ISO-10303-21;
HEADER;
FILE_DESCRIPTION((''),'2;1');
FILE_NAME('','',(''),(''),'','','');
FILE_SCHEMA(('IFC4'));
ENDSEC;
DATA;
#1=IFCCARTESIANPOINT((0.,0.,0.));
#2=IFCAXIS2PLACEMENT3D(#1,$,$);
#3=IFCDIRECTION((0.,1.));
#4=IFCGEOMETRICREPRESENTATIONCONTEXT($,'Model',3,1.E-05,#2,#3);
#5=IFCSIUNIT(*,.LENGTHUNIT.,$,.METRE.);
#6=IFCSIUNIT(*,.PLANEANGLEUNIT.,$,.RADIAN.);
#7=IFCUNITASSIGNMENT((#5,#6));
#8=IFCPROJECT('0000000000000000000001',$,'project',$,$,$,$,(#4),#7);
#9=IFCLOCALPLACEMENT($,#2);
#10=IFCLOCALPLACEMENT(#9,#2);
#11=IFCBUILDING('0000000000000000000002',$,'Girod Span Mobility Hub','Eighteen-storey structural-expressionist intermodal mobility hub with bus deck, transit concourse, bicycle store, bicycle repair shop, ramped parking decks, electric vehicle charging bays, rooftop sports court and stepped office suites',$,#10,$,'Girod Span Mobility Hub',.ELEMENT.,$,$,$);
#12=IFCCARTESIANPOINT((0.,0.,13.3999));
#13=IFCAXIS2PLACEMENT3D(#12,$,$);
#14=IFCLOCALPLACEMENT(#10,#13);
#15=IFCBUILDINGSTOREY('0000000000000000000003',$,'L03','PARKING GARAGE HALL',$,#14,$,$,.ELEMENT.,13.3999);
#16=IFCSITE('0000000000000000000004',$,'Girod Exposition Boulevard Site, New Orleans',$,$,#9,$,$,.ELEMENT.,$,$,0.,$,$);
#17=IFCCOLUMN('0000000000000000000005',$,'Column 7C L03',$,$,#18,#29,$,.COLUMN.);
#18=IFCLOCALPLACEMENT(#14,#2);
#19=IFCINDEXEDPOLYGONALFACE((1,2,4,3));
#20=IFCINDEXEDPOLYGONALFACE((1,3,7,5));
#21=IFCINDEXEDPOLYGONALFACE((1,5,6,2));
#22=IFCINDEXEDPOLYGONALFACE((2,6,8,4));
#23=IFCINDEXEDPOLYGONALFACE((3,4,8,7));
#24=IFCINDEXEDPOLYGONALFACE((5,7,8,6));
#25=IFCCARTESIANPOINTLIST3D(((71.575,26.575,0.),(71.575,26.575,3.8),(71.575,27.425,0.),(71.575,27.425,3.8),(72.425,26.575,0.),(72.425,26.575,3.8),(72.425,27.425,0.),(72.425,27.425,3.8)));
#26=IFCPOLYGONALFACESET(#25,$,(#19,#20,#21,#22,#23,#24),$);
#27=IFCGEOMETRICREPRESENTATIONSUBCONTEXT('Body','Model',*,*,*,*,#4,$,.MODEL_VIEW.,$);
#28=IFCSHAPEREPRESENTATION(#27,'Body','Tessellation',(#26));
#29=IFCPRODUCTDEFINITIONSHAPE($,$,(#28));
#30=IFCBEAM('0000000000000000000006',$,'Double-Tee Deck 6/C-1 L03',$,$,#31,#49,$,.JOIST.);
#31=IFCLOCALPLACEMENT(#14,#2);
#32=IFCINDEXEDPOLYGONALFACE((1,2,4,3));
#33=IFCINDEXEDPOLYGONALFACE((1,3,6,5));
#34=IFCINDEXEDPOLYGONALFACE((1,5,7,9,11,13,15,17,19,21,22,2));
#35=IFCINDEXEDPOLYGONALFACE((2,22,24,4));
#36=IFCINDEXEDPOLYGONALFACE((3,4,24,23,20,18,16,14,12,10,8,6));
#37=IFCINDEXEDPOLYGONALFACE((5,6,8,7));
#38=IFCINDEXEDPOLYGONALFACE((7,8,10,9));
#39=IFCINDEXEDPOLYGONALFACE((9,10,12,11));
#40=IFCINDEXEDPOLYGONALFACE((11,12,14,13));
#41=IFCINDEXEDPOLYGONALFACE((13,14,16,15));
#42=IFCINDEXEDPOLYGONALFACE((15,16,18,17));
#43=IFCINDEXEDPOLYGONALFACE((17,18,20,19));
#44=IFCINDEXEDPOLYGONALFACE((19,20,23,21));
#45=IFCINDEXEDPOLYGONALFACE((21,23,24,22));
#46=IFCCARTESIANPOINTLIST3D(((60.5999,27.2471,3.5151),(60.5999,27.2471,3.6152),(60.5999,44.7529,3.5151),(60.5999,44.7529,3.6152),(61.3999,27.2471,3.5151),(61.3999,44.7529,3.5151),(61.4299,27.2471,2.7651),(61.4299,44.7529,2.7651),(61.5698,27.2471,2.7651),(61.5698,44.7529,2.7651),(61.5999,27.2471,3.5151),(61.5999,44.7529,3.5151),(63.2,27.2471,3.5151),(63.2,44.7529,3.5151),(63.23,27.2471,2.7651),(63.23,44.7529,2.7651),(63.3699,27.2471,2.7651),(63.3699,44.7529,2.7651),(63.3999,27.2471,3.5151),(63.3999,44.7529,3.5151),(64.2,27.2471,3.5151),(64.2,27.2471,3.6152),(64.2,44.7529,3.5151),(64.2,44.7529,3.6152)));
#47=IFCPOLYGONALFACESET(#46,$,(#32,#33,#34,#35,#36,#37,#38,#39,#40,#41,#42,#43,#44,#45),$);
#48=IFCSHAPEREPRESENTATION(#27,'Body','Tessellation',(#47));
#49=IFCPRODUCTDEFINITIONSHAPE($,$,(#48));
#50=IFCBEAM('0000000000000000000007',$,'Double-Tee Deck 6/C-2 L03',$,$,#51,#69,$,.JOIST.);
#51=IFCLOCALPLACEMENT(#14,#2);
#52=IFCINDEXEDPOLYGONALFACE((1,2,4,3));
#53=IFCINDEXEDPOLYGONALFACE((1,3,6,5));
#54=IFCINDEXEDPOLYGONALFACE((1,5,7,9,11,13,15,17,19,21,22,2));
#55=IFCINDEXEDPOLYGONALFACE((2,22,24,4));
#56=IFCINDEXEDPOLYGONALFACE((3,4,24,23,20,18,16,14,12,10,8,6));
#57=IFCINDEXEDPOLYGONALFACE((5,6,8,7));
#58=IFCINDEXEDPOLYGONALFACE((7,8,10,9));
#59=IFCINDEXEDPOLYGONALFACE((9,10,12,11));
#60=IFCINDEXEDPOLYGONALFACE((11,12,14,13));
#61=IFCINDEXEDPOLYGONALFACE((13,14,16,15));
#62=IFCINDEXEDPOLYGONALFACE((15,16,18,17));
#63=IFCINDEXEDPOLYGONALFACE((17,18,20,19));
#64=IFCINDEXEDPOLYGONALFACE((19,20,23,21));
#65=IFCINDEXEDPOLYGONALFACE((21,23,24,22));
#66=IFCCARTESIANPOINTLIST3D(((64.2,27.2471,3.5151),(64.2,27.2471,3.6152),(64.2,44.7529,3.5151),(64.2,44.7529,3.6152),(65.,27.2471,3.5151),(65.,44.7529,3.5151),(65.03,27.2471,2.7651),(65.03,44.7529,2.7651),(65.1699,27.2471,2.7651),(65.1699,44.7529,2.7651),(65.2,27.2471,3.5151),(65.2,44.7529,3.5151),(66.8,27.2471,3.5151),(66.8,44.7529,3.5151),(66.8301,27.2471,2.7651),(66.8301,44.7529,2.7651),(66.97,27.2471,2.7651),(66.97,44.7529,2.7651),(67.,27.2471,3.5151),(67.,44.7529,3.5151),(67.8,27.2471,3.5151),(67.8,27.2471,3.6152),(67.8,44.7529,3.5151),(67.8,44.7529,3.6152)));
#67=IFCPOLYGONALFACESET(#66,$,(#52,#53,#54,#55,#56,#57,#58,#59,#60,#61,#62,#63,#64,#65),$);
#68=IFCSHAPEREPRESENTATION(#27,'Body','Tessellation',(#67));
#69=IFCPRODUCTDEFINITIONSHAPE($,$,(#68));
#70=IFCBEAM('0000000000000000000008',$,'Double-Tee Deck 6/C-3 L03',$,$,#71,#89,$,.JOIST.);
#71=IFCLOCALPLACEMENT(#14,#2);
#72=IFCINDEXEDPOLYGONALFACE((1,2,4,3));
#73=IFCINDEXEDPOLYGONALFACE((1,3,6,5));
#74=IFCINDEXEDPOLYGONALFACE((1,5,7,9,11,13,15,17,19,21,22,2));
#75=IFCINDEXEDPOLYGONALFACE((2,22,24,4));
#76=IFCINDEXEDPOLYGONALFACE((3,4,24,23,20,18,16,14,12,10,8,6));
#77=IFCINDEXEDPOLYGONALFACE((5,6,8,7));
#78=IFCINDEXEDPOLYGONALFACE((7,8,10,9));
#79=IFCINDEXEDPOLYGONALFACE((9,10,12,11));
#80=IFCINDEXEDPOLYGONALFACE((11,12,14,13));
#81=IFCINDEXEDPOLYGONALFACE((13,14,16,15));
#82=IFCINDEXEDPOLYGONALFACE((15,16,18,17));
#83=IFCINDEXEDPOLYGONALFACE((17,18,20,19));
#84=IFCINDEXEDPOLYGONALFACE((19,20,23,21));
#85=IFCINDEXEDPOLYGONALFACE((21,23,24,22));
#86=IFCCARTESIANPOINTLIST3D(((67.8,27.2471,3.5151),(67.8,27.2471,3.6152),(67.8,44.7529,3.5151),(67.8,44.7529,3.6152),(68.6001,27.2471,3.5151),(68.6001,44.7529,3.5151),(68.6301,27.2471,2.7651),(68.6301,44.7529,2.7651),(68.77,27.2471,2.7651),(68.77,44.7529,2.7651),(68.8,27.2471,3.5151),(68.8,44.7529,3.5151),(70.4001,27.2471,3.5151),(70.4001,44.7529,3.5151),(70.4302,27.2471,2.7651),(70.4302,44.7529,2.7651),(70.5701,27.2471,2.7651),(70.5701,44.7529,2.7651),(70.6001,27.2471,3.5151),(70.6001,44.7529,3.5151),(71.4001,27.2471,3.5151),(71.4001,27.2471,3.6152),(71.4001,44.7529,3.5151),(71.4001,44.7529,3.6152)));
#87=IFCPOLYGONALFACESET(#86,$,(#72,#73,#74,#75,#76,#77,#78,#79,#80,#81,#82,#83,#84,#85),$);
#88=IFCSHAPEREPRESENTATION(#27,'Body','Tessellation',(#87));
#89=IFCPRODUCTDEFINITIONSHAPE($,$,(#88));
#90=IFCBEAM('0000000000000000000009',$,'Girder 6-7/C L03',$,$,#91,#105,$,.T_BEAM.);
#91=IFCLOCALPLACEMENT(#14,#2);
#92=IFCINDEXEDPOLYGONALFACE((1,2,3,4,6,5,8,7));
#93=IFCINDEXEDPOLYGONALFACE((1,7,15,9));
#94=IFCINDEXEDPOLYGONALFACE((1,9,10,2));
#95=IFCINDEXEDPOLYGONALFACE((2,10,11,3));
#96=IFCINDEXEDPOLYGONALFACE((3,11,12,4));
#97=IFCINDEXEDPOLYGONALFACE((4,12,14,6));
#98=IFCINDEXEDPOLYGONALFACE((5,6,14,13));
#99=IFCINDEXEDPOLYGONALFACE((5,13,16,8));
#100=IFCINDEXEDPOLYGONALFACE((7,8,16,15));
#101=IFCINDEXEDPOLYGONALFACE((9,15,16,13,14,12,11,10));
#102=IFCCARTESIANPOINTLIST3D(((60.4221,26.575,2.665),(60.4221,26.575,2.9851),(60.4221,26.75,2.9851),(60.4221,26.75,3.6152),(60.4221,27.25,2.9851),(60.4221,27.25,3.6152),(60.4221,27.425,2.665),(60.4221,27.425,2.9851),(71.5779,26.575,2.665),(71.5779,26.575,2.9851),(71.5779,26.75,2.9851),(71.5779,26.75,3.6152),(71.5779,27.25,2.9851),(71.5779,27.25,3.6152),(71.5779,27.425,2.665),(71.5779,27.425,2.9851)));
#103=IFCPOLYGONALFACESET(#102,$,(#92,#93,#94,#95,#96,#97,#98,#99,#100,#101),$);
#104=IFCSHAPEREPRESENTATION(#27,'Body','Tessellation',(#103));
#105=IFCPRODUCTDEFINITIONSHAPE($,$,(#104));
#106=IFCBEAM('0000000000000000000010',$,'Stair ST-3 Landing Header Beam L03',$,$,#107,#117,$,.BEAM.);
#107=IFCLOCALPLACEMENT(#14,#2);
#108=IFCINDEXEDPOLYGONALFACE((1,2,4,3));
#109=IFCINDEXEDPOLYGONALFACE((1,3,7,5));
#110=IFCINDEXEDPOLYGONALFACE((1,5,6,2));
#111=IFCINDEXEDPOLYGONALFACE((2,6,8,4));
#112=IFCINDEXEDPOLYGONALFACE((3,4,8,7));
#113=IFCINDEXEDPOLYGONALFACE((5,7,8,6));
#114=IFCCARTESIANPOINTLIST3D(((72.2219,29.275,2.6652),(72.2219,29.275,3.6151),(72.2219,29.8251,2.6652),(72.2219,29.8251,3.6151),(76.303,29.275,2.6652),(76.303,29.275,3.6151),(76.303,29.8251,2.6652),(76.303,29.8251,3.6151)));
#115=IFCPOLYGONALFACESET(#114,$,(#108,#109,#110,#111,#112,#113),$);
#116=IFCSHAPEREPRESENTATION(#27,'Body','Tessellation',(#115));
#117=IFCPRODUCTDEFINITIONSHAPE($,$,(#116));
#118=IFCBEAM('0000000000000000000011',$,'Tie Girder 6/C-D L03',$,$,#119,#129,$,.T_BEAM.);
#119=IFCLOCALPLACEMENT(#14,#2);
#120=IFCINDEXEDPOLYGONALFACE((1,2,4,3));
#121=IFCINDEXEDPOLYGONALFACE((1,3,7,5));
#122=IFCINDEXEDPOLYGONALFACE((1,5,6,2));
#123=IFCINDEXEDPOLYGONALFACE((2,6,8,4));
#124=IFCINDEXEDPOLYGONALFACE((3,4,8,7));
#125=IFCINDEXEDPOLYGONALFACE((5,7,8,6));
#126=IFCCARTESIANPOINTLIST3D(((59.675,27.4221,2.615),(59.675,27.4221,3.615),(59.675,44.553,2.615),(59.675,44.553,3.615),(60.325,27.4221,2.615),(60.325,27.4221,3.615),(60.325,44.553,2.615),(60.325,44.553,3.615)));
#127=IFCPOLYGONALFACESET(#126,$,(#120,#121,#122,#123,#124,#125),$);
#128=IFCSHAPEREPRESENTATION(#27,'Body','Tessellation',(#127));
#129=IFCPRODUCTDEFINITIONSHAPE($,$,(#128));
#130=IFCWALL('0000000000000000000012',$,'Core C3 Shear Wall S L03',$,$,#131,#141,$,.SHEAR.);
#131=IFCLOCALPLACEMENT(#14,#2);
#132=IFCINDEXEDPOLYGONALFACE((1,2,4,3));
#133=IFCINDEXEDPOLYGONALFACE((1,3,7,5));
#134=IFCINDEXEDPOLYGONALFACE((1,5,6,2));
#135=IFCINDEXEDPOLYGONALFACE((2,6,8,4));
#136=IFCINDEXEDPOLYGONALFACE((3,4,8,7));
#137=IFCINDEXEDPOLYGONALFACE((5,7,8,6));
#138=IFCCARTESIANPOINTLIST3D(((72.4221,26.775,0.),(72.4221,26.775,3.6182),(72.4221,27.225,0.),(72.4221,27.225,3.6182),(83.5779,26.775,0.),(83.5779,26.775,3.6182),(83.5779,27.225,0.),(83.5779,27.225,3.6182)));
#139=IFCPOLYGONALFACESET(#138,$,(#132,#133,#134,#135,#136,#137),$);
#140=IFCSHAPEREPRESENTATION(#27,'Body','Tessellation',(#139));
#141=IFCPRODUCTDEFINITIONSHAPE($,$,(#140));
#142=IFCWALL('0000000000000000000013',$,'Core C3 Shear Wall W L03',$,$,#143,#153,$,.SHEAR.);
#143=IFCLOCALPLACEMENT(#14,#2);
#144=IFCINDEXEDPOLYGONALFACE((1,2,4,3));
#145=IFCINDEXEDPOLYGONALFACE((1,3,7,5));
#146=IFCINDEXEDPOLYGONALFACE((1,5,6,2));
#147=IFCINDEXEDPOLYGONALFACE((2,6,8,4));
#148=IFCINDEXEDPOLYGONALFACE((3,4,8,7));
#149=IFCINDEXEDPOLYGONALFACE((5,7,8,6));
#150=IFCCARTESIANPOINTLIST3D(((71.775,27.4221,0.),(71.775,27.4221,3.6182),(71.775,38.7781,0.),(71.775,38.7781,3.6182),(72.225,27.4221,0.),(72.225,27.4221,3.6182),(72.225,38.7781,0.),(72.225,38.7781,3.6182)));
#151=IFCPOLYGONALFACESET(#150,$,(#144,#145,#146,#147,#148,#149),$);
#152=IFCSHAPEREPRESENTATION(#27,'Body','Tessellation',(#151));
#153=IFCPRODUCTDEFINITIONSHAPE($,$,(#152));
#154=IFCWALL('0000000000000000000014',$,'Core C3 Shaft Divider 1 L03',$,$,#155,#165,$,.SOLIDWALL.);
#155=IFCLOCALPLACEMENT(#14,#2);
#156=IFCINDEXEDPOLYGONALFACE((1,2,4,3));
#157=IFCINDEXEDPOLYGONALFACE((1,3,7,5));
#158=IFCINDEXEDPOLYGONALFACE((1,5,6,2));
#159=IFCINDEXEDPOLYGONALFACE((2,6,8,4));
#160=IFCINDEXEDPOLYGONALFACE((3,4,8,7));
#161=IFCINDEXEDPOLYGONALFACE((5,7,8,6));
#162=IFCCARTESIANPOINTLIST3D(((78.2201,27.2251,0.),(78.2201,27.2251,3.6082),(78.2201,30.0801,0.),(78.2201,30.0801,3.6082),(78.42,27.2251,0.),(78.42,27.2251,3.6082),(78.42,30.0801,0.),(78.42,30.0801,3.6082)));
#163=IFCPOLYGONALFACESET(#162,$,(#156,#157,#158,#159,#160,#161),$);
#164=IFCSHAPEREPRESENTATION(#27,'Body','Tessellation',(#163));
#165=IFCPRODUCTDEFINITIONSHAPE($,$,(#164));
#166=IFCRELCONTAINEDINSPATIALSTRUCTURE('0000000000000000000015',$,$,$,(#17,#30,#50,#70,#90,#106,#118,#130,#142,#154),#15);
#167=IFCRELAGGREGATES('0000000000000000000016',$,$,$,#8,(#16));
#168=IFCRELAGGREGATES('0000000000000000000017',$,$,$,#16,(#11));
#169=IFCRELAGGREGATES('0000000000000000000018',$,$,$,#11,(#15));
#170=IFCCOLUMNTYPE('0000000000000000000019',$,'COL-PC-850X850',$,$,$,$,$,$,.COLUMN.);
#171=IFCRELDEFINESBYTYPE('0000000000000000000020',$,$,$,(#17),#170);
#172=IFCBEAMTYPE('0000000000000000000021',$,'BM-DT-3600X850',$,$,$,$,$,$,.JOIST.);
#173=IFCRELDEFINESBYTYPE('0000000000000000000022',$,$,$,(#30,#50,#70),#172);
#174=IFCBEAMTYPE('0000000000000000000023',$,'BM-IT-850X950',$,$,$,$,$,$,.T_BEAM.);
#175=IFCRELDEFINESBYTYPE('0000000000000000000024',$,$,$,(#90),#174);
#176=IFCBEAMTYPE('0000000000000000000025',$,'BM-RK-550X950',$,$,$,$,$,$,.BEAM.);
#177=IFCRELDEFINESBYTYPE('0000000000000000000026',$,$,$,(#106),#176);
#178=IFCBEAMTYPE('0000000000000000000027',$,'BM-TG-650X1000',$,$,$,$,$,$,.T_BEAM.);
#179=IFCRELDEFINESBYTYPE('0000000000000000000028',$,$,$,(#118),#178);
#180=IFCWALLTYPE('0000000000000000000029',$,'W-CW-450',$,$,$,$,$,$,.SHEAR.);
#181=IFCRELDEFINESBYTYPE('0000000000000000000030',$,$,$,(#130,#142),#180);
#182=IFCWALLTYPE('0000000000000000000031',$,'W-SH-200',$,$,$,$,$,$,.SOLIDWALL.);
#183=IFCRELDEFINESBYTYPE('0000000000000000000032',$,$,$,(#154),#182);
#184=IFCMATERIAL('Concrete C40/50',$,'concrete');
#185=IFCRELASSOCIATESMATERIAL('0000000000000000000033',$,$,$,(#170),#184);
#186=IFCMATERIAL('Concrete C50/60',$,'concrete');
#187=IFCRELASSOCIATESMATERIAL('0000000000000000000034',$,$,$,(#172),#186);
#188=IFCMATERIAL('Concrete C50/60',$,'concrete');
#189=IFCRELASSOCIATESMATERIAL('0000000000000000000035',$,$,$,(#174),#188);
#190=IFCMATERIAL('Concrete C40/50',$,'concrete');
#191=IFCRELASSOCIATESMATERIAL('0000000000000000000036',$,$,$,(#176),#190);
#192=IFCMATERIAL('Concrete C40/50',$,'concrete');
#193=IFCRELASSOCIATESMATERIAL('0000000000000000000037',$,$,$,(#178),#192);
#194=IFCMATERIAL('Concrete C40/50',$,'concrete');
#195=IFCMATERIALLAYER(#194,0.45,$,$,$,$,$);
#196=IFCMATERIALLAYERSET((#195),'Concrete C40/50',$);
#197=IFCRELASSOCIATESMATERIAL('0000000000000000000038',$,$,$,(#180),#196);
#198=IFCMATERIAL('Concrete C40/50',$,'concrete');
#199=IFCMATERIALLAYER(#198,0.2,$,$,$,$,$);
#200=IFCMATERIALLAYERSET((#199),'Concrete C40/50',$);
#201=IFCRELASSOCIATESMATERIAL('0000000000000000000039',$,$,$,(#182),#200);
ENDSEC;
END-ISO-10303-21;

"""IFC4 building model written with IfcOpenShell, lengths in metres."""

from ifc_helpers import new_model, si_unit, direction, frame, frame_2d, origin, origin_2d, place, context, subcontext, project, spatial, polyline, rectangle, outline, extrude, material, layer, layer_set, material_profile, profile_set, type_object, element, save


model = new_model("IFC4")

# Units and contexts
model_context = context("Model", 3, precision=1e-05, world=origin(), true_north=direction((0.0, 1.0)))
body_context = subcontext(model_context, "Body", "Model", "MODEL_VIEW")
ifc_project = project(units=[si_unit("LENGTHUNIT", "METRE"), si_unit("PLANEANGLEUNIT", "RADIAN")], contexts=[model_context])

# Site, building, storey
site_placement = place(None, origin())
site = spatial("IfcSite", under=ifc_project, at=site_placement, Name="Girod Exposition Boulevard Site, New Orleans", CompositionType="ELEMENT", RefElevation=0.0)
building_placement = place(site_placement, origin())
building = spatial("IfcBuilding", under=site, at=building_placement, Name="Girod Span Mobility Hub", Description="Eighteen-storey structural-expressionist intermodal mobility hub with bus deck, transit concourse, bicycle store, bicycle repair shop, ramped parking decks, electric vehicle charging bays, rooftop sports court and stepped office suites", LongName="Girod Span Mobility Hub", CompositionType="ELEMENT")
storey_placement = place(building_placement, frame((0.0, 0.0, 13.3999)))
storey = spatial("IfcBuildingStorey", under=building, at=storey_placement, Name="L03", Description="PARKING GARAGE HALL", CompositionType="ELEMENT", Elevation=13.3999)

# Column
ifc_material_1 = material(Name="Concrete C40/50", Category="concrete")
ifc_material_profile_1 = material_profile(ifc_material_1, rectangle(XDim=0.8501, YDim=0.8501, at=origin_2d()), Name="PC-COL-850X850")
ifc_profile_set_1 = profile_set([ifc_material_profile_1], Name="Concrete C40/50")
column_type = type_object("IfcColumnType", Name="COL-PC-850X850", PredefinedType="COLUMN", material=ifc_profile_set_1)
column_placement = place(storey_placement, frame((72.0, 27.0, 0.0), z_axis=(0.0, 0.0, 1.0), x_axis=(1.0, 0.0, 0.0)))
element("IfcColumn", 1, at=column_placement, inside=storey, type_object=column_type, Name="Column 7C L03", PredefinedType="COLUMN", context=body_context, shape_type="SweptSolid", body=[
    extrude(rectangle(XDim=0.8501, YDim=0.8501, at=origin_2d()), origin(), (0.0, 0.0, 1.0), 3.8),
])

# Beams
ifc_material_2 = material(Name="Concrete C50/60", Category="concrete")
ifc_material_profile_2 = material_profile(ifc_material_2, outline(polyline([(-1.8, 0.425), (-1.8, 0.325), (-1.0, 0.325), (-0.97, -0.425), (-0.8301, -0.425), (-0.8, 0.325), (0.8, 0.325), (0.8301, -0.425), (0.97, -0.425), (1.0, 0.325), (1.8, 0.325), (1.8, 0.425), (-1.8, 0.425)])), Name="DT-3600X850")
ifc_profile_set_2 = profile_set([ifc_material_profile_2], Name="Concrete C50/60")
beam_type_1 = type_object("IfcBeamType", Name="BM-DT-3600X850", PredefinedType="JOIST", material=ifc_profile_set_2)
for number, where, z_axis, x_axis, name in (
    (2, (62.3999, 27.2471, 3.1902), (0.0, 1.0, 0.0), (-1.0, 0.0, 0.0), "Double-Tee Deck 6/C-1 L03"),
    (3, (66.0, 27.2471, 3.1902), (0.0, 1.0, 0.0), (-1.0, 0.0, 0.0), "Double-Tee Deck 6/C-2 L03"),
    (4, (69.6001, 27.2471, 3.1902), (0.0, 1.0, 0.0), (-1.0, 0.0, 0.0), "Double-Tee Deck 6/C-3 L03"),
):
    element("IfcBeam", number, at=place(storey_placement, frame(where, z_axis=z_axis, x_axis=x_axis)), inside=storey, type_object=beam_type_1, Name=name, PredefinedType="JOIST", context=body_context, shape_type="SweptSolid", body=[
        extrude(outline(polyline([(-1.8, 0.425), (-1.8, 0.325), (-1.0, 0.325), (-0.97, -0.425), (-0.8301, -0.425), (-0.8, 0.325), (0.8, 0.325), (0.8301, -0.425), (0.97, -0.425), (1.0, 0.325), (1.8, 0.325), (1.8, 0.425), (-1.8, 0.425)])), origin(), (0.0, 0.0, 1.0), 17.5059),
    ])
ifc_material_3 = material(Name="Concrete C50/60", Category="concrete")
ifc_material_profile_3 = material_profile(ifc_material_3, outline(polyline([(-0.425, -0.4751), (0.425, -0.4751), (0.425, -0.155), (0.25, -0.155), (0.25, 0.4751), (-0.25, 0.4751), (-0.25, -0.155), (-0.425, -0.155), (-0.425, -0.4751)])), Name="IT-850X950")
ifc_profile_set_3 = profile_set([ifc_material_profile_3], Name="Concrete C50/60")
beam_type_2 = type_object("IfcBeamType", Name="BM-IT-850X950", PredefinedType="T_BEAM", material=ifc_profile_set_3)
beam_1_placement = place(storey_placement, frame((60.4221, 27.0, 3.1401), z_axis=(1.0, 0.0, 0.0), x_axis=(0.0, 1.0, 0.0)))
element("IfcBeam", 5, at=beam_1_placement, inside=storey, type_object=beam_type_2, Name="Girder 6-7/C L03", PredefinedType="T_BEAM", context=body_context, shape_type="SweptSolid", body=[
    extrude(outline(polyline([(-0.425, -0.4751), (0.425, -0.4751), (0.425, -0.155), (0.25, -0.155), (0.25, 0.4751), (-0.25, 0.4751), (-0.25, -0.155), (-0.425, -0.155), (-0.425, -0.4751)])), origin(), (0.0, 0.0, 1.0), 11.1558),
])
ifc_material_4 = material(Name="Concrete C40/50", Category="concrete")
ifc_material_profile_4 = material_profile(ifc_material_4, rectangle(XDim=0.55, YDim=0.95, at=origin_2d()), Name="RK-550X950")
ifc_profile_set_4 = profile_set([ifc_material_profile_4], Name="Concrete C40/50")
beam_type_3 = type_object("IfcBeamType", Name="BM-RK-550X950", PredefinedType="BEAM", material=ifc_profile_set_4)
beam_2_placement = place(storey_placement, frame((72.2219, 29.55, 3.1401), z_axis=(1.0, 0.0, 0.0), x_axis=(0.0, 1.0, 0.0)))
element("IfcBeam", 6, at=beam_2_placement, inside=storey, type_object=beam_type_3, Name="Stair ST-3 Landing Header Beam L03", PredefinedType="BEAM", context=body_context, shape_type="SweptSolid", body=[
    extrude(rectangle(XDim=0.55, YDim=0.95, at=origin_2d()), origin(), (0.0, 0.0, 1.0), 4.0811),
])
ifc_material_5 = material(Name="Concrete C40/50", Category="concrete")
ifc_material_profile_5 = material_profile(ifc_material_5, rectangle(XDim=0.6499, YDim=1.0, at=origin_2d()), Name="TG-650X1000")
ifc_profile_set_5 = profile_set([ifc_material_profile_5], Name="Concrete C40/50")
beam_type_4 = type_object("IfcBeamType", Name="BM-TG-650X1000", PredefinedType="T_BEAM", material=ifc_profile_set_5)
beam_3_placement = place(storey_placement, frame((60.0, 27.4221, 3.115), z_axis=(0.0, 1.0, 0.0), x_axis=(-1.0, 0.0, 0.0)))
element("IfcBeam", 7, at=beam_3_placement, inside=storey, type_object=beam_type_4, Name="Tie Girder 6/C-D L03", PredefinedType="T_BEAM", context=body_context, shape_type="SweptSolid", body=[
    extrude(rectangle(XDim=0.6499, YDim=1.0, at=origin_2d()), origin(), (0.0, 0.0, 1.0), 17.1309),
])

# Walls
ifc_material_6 = material(Name="Concrete C40/50", Category="concrete")
ifc_layer_1 = layer(ifc_material_6, 0.45)
ifc_layer_set_1 = layer_set([ifc_layer_1], Name="Concrete C40/50")
wall_type_1 = type_object("IfcWallType", Name="W-CW-450", PredefinedType="SHEAR", material=ifc_layer_set_1)
wall_1_placement = place(storey_placement, frame((72.4221, 27.0, 0.0), z_axis=(0.0, 0.0, 1.0), x_axis=(1.0, 0.0, 0.0)))
element("IfcWall", 8, at=wall_1_placement, inside=storey, type_object=wall_type_1, Name="Core C3 Shear Wall S L03", PredefinedType="SHEAR", context=body_context, shape_type="SweptSolid", body=[
    extrude(rectangle(XDim=11.1558, YDim=0.45, at=frame_2d((5.5779, 0.0))), origin(), (0.0, 0.0, 1.0), 3.6182),
])
wall_2_placement = place(storey_placement, frame((72.0, 27.4221, 0.0), z_axis=(0.0, 0.0, 1.0), x_axis=(0.0, 1.0, 0.0)))
element("IfcWall", 9, at=wall_2_placement, inside=storey, type_object=wall_type_1, Name="Core C3 Shear Wall W L03", PredefinedType="SHEAR", context=body_context, shape_type="SweptSolid", body=[
    extrude(rectangle(XDim=11.356, YDim=0.45, at=frame_2d((5.678, 0.0))), origin(), (0.0, 0.0, 1.0), 3.6182),
])
ifc_material_7 = material(Name="Concrete C40/50", Category="concrete")
ifc_layer_2 = layer(ifc_material_7, 0.2)
ifc_layer_set_2 = layer_set([ifc_layer_2], Name="Concrete C40/50")
wall_type_2 = type_object("IfcWallType", Name="W-SH-200", PredefinedType="SOLIDWALL", material=ifc_layer_set_2)
wall_3_placement = place(storey_placement, frame((78.3201, 27.2251, 0.0), z_axis=(0.0, 0.0, 1.0), x_axis=(0.0, 1.0, 0.0)))
element("IfcWall", 10, at=wall_3_placement, inside=storey, type_object=wall_type_2, Name="Core C3 Shaft Divider 1 L03", PredefinedType="SOLIDWALL", context=body_context, shape_type="SweptSolid", body=[
    extrude(rectangle(XDim=2.855, YDim=0.2, at=frame_2d((1.4275, 0.0))), origin(), (0.0, 0.0, 1.0), 3.6082),
])

save(model, "model.ifc")
